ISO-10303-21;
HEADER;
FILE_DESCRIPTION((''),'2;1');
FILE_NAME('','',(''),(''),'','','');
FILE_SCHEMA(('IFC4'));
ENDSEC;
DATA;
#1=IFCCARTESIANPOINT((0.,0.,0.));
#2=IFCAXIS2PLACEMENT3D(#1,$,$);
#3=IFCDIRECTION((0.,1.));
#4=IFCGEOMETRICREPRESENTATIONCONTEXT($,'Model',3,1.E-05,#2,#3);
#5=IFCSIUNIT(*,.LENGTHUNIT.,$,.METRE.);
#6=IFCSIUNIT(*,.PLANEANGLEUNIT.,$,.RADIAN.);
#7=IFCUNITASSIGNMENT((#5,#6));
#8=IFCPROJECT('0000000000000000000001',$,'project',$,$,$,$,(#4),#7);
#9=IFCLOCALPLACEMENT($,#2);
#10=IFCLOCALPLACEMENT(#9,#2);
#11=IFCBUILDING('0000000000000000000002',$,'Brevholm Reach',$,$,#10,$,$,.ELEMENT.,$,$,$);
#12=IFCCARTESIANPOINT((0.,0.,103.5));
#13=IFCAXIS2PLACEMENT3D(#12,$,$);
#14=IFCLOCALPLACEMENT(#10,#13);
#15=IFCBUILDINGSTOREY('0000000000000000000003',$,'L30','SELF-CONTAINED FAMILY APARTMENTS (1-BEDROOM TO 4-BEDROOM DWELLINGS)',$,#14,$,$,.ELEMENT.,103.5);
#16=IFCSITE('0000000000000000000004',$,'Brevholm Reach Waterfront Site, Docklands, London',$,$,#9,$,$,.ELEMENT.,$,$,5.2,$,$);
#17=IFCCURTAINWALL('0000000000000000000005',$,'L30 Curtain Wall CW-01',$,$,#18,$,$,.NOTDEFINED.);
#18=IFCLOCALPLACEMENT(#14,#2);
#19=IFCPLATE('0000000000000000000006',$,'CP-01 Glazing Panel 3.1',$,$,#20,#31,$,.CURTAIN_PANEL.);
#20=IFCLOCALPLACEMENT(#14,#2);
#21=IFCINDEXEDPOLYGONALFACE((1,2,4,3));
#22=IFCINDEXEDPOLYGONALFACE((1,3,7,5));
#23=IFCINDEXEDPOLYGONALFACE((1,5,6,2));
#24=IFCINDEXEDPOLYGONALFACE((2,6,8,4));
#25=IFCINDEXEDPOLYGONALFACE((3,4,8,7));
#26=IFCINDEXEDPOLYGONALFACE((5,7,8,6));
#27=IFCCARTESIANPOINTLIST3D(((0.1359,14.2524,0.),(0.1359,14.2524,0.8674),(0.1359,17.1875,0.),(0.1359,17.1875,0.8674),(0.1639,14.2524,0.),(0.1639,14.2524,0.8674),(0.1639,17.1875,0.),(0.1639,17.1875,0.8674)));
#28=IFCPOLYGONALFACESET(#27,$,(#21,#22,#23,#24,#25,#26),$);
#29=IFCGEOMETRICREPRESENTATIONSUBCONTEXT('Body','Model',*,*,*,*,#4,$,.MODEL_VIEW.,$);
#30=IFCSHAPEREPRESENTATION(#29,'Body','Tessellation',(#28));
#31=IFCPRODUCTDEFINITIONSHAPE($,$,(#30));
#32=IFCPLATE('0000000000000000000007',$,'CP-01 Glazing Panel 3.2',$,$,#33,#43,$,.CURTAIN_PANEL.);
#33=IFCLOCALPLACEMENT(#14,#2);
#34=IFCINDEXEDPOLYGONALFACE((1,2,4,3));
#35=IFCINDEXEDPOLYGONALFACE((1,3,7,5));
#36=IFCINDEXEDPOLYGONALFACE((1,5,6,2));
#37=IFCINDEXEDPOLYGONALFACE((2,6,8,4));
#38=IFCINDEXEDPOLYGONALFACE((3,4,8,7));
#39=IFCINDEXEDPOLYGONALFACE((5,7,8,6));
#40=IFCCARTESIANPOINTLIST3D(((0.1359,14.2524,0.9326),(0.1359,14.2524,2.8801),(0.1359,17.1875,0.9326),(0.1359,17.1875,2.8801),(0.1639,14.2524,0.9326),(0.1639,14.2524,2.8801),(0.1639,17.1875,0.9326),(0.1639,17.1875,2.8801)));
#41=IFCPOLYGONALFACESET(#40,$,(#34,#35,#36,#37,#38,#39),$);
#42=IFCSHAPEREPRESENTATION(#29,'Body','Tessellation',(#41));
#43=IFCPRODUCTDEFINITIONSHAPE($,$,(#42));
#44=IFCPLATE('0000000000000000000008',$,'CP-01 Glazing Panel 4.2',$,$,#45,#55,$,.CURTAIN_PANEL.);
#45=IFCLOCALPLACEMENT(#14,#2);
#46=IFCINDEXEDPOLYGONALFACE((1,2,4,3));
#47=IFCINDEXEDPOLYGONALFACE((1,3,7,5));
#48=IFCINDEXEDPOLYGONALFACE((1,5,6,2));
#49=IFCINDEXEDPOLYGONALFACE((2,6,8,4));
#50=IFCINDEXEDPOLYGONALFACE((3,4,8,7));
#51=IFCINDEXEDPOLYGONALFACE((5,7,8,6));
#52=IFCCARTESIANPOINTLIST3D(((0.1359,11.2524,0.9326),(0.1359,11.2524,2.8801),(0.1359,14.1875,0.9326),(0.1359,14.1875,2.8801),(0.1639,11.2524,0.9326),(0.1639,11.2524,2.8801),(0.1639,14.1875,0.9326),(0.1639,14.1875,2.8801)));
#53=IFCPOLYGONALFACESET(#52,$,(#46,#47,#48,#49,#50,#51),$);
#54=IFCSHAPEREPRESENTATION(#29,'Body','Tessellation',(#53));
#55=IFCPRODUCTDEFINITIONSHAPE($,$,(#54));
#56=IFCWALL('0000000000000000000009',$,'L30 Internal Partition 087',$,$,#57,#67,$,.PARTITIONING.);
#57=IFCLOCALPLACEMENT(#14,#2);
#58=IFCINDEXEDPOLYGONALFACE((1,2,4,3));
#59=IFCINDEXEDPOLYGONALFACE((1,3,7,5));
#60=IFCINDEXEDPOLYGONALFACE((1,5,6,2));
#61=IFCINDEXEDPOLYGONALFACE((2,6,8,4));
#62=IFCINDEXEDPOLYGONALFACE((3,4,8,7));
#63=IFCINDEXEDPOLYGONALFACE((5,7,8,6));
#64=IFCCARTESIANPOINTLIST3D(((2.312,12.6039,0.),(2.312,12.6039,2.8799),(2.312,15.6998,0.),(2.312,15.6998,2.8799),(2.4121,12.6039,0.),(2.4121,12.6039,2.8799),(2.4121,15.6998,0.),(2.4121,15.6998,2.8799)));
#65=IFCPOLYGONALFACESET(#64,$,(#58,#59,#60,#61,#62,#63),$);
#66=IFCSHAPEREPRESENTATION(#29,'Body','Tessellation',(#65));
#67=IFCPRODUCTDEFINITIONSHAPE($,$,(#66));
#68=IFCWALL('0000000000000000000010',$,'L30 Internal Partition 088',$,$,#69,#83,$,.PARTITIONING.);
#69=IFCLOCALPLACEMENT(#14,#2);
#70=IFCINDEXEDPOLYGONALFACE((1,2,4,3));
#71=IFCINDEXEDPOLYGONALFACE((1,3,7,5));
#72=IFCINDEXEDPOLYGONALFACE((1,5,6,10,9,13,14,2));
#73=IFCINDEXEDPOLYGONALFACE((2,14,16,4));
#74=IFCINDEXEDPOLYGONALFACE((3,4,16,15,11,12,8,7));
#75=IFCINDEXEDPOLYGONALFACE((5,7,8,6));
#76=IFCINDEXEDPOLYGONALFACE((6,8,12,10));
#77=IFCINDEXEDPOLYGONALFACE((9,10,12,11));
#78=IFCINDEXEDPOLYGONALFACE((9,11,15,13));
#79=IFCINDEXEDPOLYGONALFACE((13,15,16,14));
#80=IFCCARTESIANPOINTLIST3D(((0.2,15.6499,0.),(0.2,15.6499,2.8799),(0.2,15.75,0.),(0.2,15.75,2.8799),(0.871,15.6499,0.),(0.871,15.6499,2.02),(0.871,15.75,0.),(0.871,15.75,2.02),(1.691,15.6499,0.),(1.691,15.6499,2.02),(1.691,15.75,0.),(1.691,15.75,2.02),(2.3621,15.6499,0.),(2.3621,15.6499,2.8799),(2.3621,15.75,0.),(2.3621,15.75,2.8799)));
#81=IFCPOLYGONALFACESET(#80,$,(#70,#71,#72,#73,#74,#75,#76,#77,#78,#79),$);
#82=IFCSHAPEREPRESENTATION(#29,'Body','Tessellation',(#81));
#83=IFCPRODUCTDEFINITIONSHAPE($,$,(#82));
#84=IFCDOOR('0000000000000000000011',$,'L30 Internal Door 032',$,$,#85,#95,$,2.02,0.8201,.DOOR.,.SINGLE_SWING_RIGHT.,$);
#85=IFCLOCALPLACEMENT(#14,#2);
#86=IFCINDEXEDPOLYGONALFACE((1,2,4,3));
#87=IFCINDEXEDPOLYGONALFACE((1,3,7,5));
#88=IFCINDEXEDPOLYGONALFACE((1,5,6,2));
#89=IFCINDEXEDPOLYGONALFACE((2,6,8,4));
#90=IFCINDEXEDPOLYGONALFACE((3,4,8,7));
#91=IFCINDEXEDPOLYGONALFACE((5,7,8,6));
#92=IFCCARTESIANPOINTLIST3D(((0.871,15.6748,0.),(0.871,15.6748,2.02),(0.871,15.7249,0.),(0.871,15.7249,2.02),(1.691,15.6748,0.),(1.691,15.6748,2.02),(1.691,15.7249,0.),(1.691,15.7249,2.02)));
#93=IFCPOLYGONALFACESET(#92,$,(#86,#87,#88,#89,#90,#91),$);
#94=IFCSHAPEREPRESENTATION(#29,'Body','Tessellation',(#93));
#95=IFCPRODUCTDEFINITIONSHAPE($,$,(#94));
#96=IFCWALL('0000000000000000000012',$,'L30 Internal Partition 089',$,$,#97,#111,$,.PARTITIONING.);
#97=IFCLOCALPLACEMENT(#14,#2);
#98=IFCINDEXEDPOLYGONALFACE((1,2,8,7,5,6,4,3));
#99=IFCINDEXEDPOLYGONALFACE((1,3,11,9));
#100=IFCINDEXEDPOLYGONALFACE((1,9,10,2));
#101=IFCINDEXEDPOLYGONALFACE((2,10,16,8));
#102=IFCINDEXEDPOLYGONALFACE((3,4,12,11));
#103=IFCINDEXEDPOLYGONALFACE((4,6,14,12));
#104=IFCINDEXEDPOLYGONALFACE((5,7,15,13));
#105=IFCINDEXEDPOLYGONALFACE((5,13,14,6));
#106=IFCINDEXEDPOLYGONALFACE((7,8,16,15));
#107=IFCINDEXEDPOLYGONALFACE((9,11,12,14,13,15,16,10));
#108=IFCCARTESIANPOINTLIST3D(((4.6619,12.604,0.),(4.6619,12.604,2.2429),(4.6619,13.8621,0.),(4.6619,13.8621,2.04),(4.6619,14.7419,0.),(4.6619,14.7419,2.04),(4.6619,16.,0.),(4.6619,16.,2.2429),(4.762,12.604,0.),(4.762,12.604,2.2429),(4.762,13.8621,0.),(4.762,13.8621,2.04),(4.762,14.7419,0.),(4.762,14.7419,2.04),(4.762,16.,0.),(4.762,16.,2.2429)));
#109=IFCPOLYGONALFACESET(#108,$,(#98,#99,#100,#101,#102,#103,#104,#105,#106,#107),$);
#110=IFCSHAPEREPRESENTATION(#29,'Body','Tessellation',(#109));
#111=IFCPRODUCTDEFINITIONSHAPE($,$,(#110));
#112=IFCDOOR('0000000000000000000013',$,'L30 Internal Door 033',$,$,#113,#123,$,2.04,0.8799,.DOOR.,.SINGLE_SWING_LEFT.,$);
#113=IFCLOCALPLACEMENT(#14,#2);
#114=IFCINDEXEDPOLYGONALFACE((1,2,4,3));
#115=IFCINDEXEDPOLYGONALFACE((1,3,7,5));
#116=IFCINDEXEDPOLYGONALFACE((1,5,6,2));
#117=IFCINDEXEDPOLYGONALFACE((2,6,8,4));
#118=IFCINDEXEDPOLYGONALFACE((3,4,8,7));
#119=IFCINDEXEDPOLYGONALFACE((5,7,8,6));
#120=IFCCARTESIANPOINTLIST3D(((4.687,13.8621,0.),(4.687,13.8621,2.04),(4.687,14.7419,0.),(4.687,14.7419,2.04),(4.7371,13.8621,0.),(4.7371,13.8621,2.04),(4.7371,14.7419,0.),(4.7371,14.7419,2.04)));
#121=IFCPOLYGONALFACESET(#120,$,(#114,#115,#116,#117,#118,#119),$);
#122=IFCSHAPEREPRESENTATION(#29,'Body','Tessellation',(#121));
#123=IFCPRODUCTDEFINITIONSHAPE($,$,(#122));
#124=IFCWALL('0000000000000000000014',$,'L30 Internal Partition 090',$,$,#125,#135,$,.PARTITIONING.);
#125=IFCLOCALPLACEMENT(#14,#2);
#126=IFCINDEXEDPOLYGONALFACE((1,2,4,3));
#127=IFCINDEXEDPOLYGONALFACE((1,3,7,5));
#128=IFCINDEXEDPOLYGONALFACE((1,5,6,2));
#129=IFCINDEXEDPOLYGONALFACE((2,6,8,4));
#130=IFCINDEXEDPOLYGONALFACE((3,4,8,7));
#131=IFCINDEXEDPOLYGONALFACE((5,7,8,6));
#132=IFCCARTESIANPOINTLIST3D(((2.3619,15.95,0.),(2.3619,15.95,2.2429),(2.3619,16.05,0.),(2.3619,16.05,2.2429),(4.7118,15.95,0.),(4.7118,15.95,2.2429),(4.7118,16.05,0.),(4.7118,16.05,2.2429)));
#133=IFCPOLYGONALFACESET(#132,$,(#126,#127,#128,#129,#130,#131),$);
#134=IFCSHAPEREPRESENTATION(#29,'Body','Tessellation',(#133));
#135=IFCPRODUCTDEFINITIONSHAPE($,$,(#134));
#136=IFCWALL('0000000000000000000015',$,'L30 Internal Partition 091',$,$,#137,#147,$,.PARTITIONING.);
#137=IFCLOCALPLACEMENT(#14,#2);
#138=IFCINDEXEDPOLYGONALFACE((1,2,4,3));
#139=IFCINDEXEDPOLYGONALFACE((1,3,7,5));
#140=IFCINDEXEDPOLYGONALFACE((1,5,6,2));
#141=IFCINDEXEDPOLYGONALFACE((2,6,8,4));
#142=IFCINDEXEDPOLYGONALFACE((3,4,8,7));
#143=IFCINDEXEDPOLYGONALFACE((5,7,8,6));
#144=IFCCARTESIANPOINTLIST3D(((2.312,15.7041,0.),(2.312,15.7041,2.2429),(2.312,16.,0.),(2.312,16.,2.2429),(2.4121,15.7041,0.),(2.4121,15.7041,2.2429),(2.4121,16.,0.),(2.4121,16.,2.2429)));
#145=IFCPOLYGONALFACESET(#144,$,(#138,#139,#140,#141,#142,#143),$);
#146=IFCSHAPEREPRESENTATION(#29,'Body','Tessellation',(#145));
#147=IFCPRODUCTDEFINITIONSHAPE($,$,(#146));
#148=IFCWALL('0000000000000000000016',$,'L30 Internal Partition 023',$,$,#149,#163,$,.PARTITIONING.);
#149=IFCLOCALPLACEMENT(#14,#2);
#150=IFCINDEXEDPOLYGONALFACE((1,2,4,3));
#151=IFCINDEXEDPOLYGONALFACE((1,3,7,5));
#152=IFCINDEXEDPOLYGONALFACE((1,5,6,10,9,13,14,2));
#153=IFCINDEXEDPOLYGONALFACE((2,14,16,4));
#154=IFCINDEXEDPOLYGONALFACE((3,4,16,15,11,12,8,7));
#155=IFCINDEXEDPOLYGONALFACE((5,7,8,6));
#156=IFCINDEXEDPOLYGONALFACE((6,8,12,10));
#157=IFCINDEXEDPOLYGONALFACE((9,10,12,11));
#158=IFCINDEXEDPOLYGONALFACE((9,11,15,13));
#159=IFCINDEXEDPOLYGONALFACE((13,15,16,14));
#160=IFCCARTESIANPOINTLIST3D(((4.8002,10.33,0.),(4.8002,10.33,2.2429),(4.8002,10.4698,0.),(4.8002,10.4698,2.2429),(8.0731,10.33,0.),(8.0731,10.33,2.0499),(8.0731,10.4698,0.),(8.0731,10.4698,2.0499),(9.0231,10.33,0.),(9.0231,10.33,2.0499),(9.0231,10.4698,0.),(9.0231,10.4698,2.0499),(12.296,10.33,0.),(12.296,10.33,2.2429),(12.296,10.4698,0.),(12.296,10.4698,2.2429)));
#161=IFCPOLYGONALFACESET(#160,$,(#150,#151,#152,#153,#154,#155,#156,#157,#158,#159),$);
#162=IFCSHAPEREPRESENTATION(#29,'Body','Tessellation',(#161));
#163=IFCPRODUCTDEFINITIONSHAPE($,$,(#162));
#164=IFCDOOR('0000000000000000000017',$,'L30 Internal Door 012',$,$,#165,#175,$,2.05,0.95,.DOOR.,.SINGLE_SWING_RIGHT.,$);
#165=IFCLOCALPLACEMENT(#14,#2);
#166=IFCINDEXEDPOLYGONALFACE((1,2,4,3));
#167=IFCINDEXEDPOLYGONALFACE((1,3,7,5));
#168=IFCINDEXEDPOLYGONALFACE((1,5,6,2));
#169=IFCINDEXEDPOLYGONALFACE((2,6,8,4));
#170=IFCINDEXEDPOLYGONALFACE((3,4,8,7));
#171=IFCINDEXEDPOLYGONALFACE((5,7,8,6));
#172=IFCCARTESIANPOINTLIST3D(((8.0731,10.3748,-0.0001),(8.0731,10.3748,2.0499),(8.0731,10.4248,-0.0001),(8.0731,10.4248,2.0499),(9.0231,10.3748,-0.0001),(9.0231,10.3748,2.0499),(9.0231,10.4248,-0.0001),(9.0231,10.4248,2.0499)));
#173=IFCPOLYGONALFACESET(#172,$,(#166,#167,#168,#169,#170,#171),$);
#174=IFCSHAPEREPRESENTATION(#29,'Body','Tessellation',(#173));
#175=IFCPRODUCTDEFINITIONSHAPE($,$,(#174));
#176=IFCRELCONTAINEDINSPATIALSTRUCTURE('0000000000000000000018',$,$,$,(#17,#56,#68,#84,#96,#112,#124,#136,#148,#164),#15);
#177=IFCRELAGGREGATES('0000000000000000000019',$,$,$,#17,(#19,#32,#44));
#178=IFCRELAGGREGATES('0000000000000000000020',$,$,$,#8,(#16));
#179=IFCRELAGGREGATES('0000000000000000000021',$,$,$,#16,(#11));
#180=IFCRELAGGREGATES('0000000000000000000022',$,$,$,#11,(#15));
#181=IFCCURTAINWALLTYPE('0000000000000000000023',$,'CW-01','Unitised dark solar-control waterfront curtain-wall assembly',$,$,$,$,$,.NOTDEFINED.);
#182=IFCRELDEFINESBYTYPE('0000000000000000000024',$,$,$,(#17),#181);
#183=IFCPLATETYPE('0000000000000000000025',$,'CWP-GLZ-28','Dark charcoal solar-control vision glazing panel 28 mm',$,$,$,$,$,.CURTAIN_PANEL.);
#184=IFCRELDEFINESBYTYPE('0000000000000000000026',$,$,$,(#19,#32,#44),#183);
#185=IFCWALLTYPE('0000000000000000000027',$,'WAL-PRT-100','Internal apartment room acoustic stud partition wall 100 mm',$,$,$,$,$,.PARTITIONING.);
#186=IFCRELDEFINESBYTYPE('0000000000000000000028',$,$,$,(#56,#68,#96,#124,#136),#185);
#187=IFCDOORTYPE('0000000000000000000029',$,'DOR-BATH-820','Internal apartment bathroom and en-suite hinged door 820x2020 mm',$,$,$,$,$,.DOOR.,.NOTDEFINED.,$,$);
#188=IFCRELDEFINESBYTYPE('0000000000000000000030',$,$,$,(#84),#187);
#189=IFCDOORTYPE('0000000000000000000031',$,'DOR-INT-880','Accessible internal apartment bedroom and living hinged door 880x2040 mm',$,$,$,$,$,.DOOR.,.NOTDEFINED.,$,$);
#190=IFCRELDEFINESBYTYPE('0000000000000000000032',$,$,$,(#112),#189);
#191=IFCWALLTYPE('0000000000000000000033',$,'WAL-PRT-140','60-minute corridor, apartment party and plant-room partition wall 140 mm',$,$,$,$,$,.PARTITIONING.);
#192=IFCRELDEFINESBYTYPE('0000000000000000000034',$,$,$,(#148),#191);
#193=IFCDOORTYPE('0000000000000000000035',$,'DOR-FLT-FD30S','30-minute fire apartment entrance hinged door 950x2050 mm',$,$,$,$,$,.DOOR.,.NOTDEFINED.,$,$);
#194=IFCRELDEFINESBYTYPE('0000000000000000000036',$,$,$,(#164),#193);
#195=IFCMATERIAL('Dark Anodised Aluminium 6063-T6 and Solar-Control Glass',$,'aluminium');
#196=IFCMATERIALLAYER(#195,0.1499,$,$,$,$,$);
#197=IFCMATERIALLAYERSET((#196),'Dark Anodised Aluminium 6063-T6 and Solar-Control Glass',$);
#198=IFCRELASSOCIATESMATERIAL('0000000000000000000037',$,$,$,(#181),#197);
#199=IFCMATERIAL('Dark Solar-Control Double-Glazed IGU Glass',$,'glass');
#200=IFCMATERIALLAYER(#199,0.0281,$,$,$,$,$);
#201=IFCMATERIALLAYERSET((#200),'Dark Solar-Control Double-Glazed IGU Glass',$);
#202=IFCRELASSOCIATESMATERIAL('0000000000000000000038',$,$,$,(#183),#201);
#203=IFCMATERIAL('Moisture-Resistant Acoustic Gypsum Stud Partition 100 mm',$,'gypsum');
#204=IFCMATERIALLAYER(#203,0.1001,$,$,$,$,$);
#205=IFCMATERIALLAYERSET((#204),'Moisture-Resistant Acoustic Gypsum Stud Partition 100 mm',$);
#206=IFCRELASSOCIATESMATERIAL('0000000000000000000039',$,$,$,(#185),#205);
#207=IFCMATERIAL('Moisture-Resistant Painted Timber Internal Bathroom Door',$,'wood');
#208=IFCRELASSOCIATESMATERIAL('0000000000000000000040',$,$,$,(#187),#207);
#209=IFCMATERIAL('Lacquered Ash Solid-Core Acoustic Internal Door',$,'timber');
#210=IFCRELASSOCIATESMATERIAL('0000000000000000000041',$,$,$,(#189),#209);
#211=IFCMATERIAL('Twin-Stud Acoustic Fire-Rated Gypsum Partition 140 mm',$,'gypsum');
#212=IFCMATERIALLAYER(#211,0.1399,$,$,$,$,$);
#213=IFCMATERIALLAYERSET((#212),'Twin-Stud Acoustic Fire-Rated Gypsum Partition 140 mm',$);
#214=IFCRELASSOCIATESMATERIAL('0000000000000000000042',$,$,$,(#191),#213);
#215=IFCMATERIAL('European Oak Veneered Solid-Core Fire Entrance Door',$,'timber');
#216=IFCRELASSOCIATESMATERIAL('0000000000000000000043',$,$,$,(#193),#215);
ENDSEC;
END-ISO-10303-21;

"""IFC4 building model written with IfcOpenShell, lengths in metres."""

from ifc_helpers import new_model, si_unit, direction, frame, frame_2d, origin, origin_2d, place, context, subcontext, project, spatial, rectangle, extrude, material, layer, layer_set, type_object, element, fill, aggregate, save


model = new_model("IFC4")

# Units and contexts
model_context = context("Model", 3, precision=1e-05, world=origin(), true_north=direction((0.0, 1.0)))
body_context = subcontext(model_context, "Body", "Model", "MODEL_VIEW")
ifc_project = project(units=[si_unit("LENGTHUNIT", "METRE"), si_unit("PLANEANGLEUNIT", "RADIAN")], contexts=[model_context])

# Site, building, storey
site_placement = place(None, origin())
site = spatial("IfcSite", under=ifc_project, at=site_placement, Name="Brevholm Reach Waterfront Site, Docklands, London", CompositionType="ELEMENT", RefElevation=5.2)
building_placement = place(site_placement, origin())
building = spatial("IfcBuilding", under=site, at=building_placement, Name="Brevholm Reach", CompositionType="ELEMENT")
storey_placement = place(building_placement, frame((0.0, 0.0, 103.5)))
storey = spatial("IfcBuildingStorey", under=building, at=storey_placement, Name="L30", Description="SELF-CONTAINED FAMILY APARTMENTS (1-BEDROOM TO 4-BEDROOM DWELLINGS)", CompositionType="ELEMENT", Elevation=103.5)

# Curtain wall, plates
ifc_material_1 = material(Name="Dark Anodised Aluminium 6063-T6 and Solar-Control Glass", Category="aluminium")
ifc_layer_1 = layer(ifc_material_1, 0.1499)
ifc_layer_set_1 = layer_set([ifc_layer_1], Name="Dark Anodised Aluminium 6063-T6 and Solar-Control Glass")
curtain_wall_type = type_object("IfcCurtainWallType", Name="CW-01", Description="Unitised dark solar-control waterfront curtain-wall assembly", PredefinedType="NOTDEFINED", material=ifc_layer_set_1)
curtain_wall_placement = place(storey_placement, origin())
curtain_wall = element("IfcCurtainWall", 1, at=curtain_wall_placement, inside=storey, type_object=curtain_wall_type, Name="L30 Curtain Wall CW-01", PredefinedType="NOTDEFINED")
ifc_material_2 = material(Name="Dark Solar-Control Double-Glazed IGU Glass", Category="glass")
ifc_layer_2 = layer(ifc_material_2, 0.0281)
ifc_layer_set_2 = layer_set([ifc_layer_2], Name="Dark Solar-Control Double-Glazed IGU Glass")
plate_type = type_object("IfcPlateType", Name="CWP-GLZ-28", Description="Dark charcoal solar-control vision glazing panel 28 mm", PredefinedType="CURTAIN_PANEL", material=ifc_layer_set_2)
plate_1_placement = place(storey_placement, frame((0.1499, 15.72, 0.0), z_axis=(0.0, 0.0, 1.0), x_axis=(0.0, -1.0, 0.0)))
plate_1 = element("IfcPlate", 2, at=plate_1_placement, type_object=plate_type, Name="CP-01 Glazing Panel 3.1", PredefinedType="CURTAIN_PANEL", context=body_context, shape_type="SweptSolid", body=[
    extrude(rectangle(XDim=2.9351, YDim=0.0281, at=origin_2d()), origin(), (0.0, 0.0, 1.0), 0.8674),
])
plate_2_placement = place(storey_placement, frame((0.1499, 15.72, 0.9326), z_axis=(0.0, 0.0, 1.0), x_axis=(0.0, -1.0, 0.0)))
plate_2 = element("IfcPlate", 3, at=plate_2_placement, type_object=plate_type, Name="CP-01 Glazing Panel 3.2", PredefinedType="CURTAIN_PANEL", context=body_context, shape_type="SweptSolid", body=[
    extrude(rectangle(XDim=2.9351, YDim=0.0281, at=origin_2d()), origin(), (0.0, 0.0, 1.0), 1.9475),
])
plate_3_placement = place(storey_placement, frame((0.1499, 12.72, 0.9326), z_axis=(0.0, 0.0, 1.0), x_axis=(0.0, -1.0, 0.0)))
plate_3 = element("IfcPlate", 4, at=plate_3_placement, type_object=plate_type, Name="CP-01 Glazing Panel 4.2", PredefinedType="CURTAIN_PANEL", context=body_context, shape_type="SweptSolid", body=[
    extrude(rectangle(XDim=2.9351, YDim=0.0281, at=origin_2d()), origin(), (0.0, 0.0, 1.0), 1.9475),
])
aggregate(curtain_wall, [plate_1, plate_2, plate_3])

# Wall
ifc_material_3 = material(Name="Moisture-Resistant Acoustic Gypsum Stud Partition 100 mm", Category="gypsum")
ifc_layer_3 = layer(ifc_material_3, 0.1001)
ifc_layer_set_3 = layer_set([ifc_layer_3], Name="Moisture-Resistant Acoustic Gypsum Stud Partition 100 mm")
wall_type_1 = type_object("IfcWallType", Name="WAL-PRT-100", Description="Internal apartment room acoustic stud partition wall 100 mm", PredefinedType="PARTITIONING", material=ifc_layer_set_3)
wall_1_placement = place(storey_placement, frame((2.3621, 12.604, 0.0), z_axis=(0.0, 0.0, 1.0), x_axis=(0.0, 1.0, 0.0)))
element("IfcWall", 5, at=wall_1_placement, inside=storey, type_object=wall_type_1, Name="L30 Internal Partition 087", PredefinedType="PARTITIONING", context=body_context, shape_type="SweptSolid", body=[
    extrude(rectangle(XDim=3.0959, YDim=0.1001, at=frame_2d((1.5479, 0.0))), origin(), (0.0, 0.0, 1.0), 2.8799),
])

# Walls, openings, doors
wall_2_placement = place(storey_placement, frame((0.2, 15.7, 0.0), z_axis=(0.0, 0.0, 1.0), x_axis=(1.0, 0.0, 0.0)))
wall_2 = element("IfcWall", 6, at=wall_2_placement, inside=storey, type_object=wall_type_1, Name="L30 Internal Partition 088", PredefinedType="PARTITIONING", context=body_context, shape_type="SweptSolid", body=[
    extrude(rectangle(XDim=2.1621, YDim=0.1001, at=frame_2d((1.0811, 0.0))), origin(), (0.0, 0.0, 1.0), 2.8799),
])
opening_1_placement = place(wall_2_placement, frame((0.6709, 0.0, 0.0)))
opening_1 = element("IfcOpeningElement", 7, at=opening_1_placement, cuts=wall_2, PredefinedType="OPENING", context=body_context, shape_type="SweptSolid", body=[
    extrude(rectangle(XDim=0.8201, YDim=2.02, at=frame_2d((0.4102, 1.01))), frame((0.0, 0.0601, 0.0), z_axis=(0.0, -1.0, 0.0), x_axis=(1.0, 0.0, 0.0)), (0.0, 0.0, 1.0), 0.1201),
])
ifc_material_4 = material(Name="Moisture-Resistant Painted Timber Internal Bathroom Door", Category="wood")
door_type_1 = type_object("IfcDoorType", Name="DOR-BATH-820", Description="Internal apartment bathroom and en-suite hinged door 820x2020 mm", OperationType="NOTDEFINED", PredefinedType="DOOR", material=ifc_material_4)
door_1_placement = place(opening_1_placement, origin())
door_1 = element("IfcDoor", 8, at=door_1_placement, inside=storey, type_object=door_type_1, Name="L30 Internal Door 032", OperationType="SINGLE_SWING_RIGHT", OverallHeight=2.02, OverallWidth=0.8201, PredefinedType="DOOR", context=body_context, shape_type="SweptSolid", body=[
    extrude(rectangle(XDim=0.8201, YDim=2.02, at=frame_2d((0.4102, 1.01))), frame((0.0, 0.0249, 0.0), z_axis=(0.0, -1.0, 0.0), x_axis=(1.0, 0.0, 0.0)), (0.0, 0.0, 1.0), 0.05),
])
fill(opening_1, door_1)
wall_3_placement = place(storey_placement, frame((4.7119, 12.604, 0.0), z_axis=(0.0, 0.0, 1.0), x_axis=(0.0, 1.0, 0.0)))
wall_3 = element("IfcWall", 9, at=wall_3_placement, inside=storey, type_object=wall_type_1, Name="L30 Internal Partition 089", PredefinedType="PARTITIONING", context=body_context, shape_type="SweptSolid", body=[
    extrude(rectangle(XDim=3.396, YDim=0.1001, at=frame_2d((1.698, 0.0))), origin(), (0.0, 0.0, 1.0), 2.2429),
])
opening_2_placement = place(wall_3_placement, frame((1.2581, 0.0, 0.0)))
opening_2 = element("IfcOpeningElement", 10, at=opening_2_placement, cuts=wall_3, PredefinedType="OPENING", context=body_context, shape_type="SweptSolid", body=[
    extrude(rectangle(XDim=0.8799, YDim=2.04, at=frame_2d((0.4399, 1.02))), frame((0.0, 0.0601, 0.0), z_axis=(0.0, -1.0, 0.0), x_axis=(1.0, 0.0, 0.0)), (0.0, 0.0, 1.0), 0.1201),
])
ifc_material_5 = material(Name="Lacquered Ash Solid-Core Acoustic Internal Door", Category="timber")
door_type_2 = type_object("IfcDoorType", Name="DOR-INT-880", Description="Accessible internal apartment bedroom and living hinged door 880x2040 mm", OperationType="NOTDEFINED", PredefinedType="DOOR", material=ifc_material_5)
door_2_placement = place(opening_2_placement, origin())
door_2 = element("IfcDoor", 11, at=door_2_placement, inside=storey, type_object=door_type_2, Name="L30 Internal Door 033", OperationType="SINGLE_SWING_LEFT", OverallHeight=2.04, OverallWidth=0.8799, PredefinedType="DOOR", context=body_context, shape_type="SweptSolid", body=[
    extrude(rectangle(XDim=0.8799, YDim=2.04, at=frame_2d((0.4399, 1.02))), frame((0.0, 0.0249, 0.0), z_axis=(0.0, -1.0, 0.0), x_axis=(1.0, 0.0, 0.0)), (0.0, 0.0, 1.0), 0.05),
])
fill(opening_2, door_2)

# Walls
wall_4_placement = place(storey_placement, frame((2.3621, 16.0, 0.0), z_axis=(0.0, 0.0, 1.0), x_axis=(1.0, 0.0, 0.0)))
element("IfcWall", 12, at=wall_4_placement, inside=storey, type_object=wall_type_1, Name="L30 Internal Partition 090", PredefinedType="PARTITIONING", context=body_context, shape_type="SweptSolid", body=[
    extrude(rectangle(XDim=2.3499, YDim=0.1001, at=frame_2d((1.1748, 0.0))), origin(), (0.0, 0.0, 1.0), 2.2429),
])
wall_5_placement = place(storey_placement, frame((2.3621, 15.7041, 0.0), z_axis=(0.0, 0.0, 1.0), x_axis=(0.0, 1.0, 0.0)))
element("IfcWall", 13, at=wall_5_placement, inside=storey, type_object=wall_type_1, Name="L30 Internal Partition 091", PredefinedType="PARTITIONING", context=body_context, shape_type="SweptSolid", body=[
    extrude(rectangle(XDim=0.2959, YDim=0.1001, at=frame_2d((0.1479, 0.0))), origin(), (0.0, 0.0, 1.0), 2.2429),
])

# Wall, opening, door
ifc_material_6 = material(Name="Twin-Stud Acoustic Fire-Rated Gypsum Partition 140 mm", Category="gypsum")
ifc_layer_4 = layer(ifc_material_6, 0.1399)
ifc_layer_set_4 = layer_set([ifc_layer_4], Name="Twin-Stud Acoustic Fire-Rated Gypsum Partition 140 mm")
wall_type_2 = type_object("IfcWallType", Name="WAL-PRT-140", Description="60-minute corridor, apartment party and plant-room partition wall 140 mm", PredefinedType="PARTITIONING", material=ifc_layer_set_4)
wall_6_placement = place(storey_placement, frame((4.8, 10.3999, 0.0), z_axis=(0.0, 0.0, 1.0), x_axis=(1.0, 0.0, 0.0)))
wall_6 = element("IfcWall", 14, at=wall_6_placement, inside=storey, type_object=wall_type_2, Name="L30 Internal Partition 023", PredefinedType="PARTITIONING", context=body_context, shape_type="SweptSolid", body=[
    extrude(rectangle(XDim=7.4958, YDim=0.1399, at=frame_2d((3.748, 0.0))), origin(), (0.0, 0.0, 1.0), 2.2429),
])
opening_3_placement = place(wall_6_placement, frame((3.2729, 0.0, 0.0)))
opening_3 = element("IfcOpeningElement", 15, at=opening_3_placement, cuts=wall_6, PredefinedType="OPENING", context=body_context, shape_type="SweptSolid", body=[
    extrude(rectangle(XDim=0.95, YDim=2.05, at=frame_2d((0.4751, 1.0249))), frame((0.0, 0.0798, 0.0), z_axis=(0.0, -1.0, 0.0), x_axis=(1.0, 0.0, 0.0)), (0.0, 0.0, 1.0), 0.1599),
])
ifc_material_7 = material(Name="European Oak Veneered Solid-Core Fire Entrance Door", Category="timber")
door_type_3 = type_object("IfcDoorType", Name="DOR-FLT-FD30S", Description="30-minute fire apartment entrance hinged door 950x2050 mm", OperationType="NOTDEFINED", PredefinedType="DOOR", material=ifc_material_7)
door_3_placement = place(opening_3_placement, origin())
door_3 = element("IfcDoor", 16, at=door_3_placement, inside=storey, type_object=door_type_3, Name="L30 Internal Door 012", OperationType="SINGLE_SWING_RIGHT", OverallHeight=2.05, OverallWidth=0.95, PredefinedType="DOOR", context=body_context, shape_type="SweptSolid", body=[
    extrude(rectangle(XDim=0.95, YDim=2.05, at=frame_2d((0.4751, 1.0249))), frame((0.0, 0.0249, 0.0), z_axis=(0.0, -1.0, 0.0), x_axis=(1.0, 0.0, 0.0)), (0.0, 0.0, 1.0), 0.05),
])
fill(opening_3, door_3)

save(model, "model.ifc")
